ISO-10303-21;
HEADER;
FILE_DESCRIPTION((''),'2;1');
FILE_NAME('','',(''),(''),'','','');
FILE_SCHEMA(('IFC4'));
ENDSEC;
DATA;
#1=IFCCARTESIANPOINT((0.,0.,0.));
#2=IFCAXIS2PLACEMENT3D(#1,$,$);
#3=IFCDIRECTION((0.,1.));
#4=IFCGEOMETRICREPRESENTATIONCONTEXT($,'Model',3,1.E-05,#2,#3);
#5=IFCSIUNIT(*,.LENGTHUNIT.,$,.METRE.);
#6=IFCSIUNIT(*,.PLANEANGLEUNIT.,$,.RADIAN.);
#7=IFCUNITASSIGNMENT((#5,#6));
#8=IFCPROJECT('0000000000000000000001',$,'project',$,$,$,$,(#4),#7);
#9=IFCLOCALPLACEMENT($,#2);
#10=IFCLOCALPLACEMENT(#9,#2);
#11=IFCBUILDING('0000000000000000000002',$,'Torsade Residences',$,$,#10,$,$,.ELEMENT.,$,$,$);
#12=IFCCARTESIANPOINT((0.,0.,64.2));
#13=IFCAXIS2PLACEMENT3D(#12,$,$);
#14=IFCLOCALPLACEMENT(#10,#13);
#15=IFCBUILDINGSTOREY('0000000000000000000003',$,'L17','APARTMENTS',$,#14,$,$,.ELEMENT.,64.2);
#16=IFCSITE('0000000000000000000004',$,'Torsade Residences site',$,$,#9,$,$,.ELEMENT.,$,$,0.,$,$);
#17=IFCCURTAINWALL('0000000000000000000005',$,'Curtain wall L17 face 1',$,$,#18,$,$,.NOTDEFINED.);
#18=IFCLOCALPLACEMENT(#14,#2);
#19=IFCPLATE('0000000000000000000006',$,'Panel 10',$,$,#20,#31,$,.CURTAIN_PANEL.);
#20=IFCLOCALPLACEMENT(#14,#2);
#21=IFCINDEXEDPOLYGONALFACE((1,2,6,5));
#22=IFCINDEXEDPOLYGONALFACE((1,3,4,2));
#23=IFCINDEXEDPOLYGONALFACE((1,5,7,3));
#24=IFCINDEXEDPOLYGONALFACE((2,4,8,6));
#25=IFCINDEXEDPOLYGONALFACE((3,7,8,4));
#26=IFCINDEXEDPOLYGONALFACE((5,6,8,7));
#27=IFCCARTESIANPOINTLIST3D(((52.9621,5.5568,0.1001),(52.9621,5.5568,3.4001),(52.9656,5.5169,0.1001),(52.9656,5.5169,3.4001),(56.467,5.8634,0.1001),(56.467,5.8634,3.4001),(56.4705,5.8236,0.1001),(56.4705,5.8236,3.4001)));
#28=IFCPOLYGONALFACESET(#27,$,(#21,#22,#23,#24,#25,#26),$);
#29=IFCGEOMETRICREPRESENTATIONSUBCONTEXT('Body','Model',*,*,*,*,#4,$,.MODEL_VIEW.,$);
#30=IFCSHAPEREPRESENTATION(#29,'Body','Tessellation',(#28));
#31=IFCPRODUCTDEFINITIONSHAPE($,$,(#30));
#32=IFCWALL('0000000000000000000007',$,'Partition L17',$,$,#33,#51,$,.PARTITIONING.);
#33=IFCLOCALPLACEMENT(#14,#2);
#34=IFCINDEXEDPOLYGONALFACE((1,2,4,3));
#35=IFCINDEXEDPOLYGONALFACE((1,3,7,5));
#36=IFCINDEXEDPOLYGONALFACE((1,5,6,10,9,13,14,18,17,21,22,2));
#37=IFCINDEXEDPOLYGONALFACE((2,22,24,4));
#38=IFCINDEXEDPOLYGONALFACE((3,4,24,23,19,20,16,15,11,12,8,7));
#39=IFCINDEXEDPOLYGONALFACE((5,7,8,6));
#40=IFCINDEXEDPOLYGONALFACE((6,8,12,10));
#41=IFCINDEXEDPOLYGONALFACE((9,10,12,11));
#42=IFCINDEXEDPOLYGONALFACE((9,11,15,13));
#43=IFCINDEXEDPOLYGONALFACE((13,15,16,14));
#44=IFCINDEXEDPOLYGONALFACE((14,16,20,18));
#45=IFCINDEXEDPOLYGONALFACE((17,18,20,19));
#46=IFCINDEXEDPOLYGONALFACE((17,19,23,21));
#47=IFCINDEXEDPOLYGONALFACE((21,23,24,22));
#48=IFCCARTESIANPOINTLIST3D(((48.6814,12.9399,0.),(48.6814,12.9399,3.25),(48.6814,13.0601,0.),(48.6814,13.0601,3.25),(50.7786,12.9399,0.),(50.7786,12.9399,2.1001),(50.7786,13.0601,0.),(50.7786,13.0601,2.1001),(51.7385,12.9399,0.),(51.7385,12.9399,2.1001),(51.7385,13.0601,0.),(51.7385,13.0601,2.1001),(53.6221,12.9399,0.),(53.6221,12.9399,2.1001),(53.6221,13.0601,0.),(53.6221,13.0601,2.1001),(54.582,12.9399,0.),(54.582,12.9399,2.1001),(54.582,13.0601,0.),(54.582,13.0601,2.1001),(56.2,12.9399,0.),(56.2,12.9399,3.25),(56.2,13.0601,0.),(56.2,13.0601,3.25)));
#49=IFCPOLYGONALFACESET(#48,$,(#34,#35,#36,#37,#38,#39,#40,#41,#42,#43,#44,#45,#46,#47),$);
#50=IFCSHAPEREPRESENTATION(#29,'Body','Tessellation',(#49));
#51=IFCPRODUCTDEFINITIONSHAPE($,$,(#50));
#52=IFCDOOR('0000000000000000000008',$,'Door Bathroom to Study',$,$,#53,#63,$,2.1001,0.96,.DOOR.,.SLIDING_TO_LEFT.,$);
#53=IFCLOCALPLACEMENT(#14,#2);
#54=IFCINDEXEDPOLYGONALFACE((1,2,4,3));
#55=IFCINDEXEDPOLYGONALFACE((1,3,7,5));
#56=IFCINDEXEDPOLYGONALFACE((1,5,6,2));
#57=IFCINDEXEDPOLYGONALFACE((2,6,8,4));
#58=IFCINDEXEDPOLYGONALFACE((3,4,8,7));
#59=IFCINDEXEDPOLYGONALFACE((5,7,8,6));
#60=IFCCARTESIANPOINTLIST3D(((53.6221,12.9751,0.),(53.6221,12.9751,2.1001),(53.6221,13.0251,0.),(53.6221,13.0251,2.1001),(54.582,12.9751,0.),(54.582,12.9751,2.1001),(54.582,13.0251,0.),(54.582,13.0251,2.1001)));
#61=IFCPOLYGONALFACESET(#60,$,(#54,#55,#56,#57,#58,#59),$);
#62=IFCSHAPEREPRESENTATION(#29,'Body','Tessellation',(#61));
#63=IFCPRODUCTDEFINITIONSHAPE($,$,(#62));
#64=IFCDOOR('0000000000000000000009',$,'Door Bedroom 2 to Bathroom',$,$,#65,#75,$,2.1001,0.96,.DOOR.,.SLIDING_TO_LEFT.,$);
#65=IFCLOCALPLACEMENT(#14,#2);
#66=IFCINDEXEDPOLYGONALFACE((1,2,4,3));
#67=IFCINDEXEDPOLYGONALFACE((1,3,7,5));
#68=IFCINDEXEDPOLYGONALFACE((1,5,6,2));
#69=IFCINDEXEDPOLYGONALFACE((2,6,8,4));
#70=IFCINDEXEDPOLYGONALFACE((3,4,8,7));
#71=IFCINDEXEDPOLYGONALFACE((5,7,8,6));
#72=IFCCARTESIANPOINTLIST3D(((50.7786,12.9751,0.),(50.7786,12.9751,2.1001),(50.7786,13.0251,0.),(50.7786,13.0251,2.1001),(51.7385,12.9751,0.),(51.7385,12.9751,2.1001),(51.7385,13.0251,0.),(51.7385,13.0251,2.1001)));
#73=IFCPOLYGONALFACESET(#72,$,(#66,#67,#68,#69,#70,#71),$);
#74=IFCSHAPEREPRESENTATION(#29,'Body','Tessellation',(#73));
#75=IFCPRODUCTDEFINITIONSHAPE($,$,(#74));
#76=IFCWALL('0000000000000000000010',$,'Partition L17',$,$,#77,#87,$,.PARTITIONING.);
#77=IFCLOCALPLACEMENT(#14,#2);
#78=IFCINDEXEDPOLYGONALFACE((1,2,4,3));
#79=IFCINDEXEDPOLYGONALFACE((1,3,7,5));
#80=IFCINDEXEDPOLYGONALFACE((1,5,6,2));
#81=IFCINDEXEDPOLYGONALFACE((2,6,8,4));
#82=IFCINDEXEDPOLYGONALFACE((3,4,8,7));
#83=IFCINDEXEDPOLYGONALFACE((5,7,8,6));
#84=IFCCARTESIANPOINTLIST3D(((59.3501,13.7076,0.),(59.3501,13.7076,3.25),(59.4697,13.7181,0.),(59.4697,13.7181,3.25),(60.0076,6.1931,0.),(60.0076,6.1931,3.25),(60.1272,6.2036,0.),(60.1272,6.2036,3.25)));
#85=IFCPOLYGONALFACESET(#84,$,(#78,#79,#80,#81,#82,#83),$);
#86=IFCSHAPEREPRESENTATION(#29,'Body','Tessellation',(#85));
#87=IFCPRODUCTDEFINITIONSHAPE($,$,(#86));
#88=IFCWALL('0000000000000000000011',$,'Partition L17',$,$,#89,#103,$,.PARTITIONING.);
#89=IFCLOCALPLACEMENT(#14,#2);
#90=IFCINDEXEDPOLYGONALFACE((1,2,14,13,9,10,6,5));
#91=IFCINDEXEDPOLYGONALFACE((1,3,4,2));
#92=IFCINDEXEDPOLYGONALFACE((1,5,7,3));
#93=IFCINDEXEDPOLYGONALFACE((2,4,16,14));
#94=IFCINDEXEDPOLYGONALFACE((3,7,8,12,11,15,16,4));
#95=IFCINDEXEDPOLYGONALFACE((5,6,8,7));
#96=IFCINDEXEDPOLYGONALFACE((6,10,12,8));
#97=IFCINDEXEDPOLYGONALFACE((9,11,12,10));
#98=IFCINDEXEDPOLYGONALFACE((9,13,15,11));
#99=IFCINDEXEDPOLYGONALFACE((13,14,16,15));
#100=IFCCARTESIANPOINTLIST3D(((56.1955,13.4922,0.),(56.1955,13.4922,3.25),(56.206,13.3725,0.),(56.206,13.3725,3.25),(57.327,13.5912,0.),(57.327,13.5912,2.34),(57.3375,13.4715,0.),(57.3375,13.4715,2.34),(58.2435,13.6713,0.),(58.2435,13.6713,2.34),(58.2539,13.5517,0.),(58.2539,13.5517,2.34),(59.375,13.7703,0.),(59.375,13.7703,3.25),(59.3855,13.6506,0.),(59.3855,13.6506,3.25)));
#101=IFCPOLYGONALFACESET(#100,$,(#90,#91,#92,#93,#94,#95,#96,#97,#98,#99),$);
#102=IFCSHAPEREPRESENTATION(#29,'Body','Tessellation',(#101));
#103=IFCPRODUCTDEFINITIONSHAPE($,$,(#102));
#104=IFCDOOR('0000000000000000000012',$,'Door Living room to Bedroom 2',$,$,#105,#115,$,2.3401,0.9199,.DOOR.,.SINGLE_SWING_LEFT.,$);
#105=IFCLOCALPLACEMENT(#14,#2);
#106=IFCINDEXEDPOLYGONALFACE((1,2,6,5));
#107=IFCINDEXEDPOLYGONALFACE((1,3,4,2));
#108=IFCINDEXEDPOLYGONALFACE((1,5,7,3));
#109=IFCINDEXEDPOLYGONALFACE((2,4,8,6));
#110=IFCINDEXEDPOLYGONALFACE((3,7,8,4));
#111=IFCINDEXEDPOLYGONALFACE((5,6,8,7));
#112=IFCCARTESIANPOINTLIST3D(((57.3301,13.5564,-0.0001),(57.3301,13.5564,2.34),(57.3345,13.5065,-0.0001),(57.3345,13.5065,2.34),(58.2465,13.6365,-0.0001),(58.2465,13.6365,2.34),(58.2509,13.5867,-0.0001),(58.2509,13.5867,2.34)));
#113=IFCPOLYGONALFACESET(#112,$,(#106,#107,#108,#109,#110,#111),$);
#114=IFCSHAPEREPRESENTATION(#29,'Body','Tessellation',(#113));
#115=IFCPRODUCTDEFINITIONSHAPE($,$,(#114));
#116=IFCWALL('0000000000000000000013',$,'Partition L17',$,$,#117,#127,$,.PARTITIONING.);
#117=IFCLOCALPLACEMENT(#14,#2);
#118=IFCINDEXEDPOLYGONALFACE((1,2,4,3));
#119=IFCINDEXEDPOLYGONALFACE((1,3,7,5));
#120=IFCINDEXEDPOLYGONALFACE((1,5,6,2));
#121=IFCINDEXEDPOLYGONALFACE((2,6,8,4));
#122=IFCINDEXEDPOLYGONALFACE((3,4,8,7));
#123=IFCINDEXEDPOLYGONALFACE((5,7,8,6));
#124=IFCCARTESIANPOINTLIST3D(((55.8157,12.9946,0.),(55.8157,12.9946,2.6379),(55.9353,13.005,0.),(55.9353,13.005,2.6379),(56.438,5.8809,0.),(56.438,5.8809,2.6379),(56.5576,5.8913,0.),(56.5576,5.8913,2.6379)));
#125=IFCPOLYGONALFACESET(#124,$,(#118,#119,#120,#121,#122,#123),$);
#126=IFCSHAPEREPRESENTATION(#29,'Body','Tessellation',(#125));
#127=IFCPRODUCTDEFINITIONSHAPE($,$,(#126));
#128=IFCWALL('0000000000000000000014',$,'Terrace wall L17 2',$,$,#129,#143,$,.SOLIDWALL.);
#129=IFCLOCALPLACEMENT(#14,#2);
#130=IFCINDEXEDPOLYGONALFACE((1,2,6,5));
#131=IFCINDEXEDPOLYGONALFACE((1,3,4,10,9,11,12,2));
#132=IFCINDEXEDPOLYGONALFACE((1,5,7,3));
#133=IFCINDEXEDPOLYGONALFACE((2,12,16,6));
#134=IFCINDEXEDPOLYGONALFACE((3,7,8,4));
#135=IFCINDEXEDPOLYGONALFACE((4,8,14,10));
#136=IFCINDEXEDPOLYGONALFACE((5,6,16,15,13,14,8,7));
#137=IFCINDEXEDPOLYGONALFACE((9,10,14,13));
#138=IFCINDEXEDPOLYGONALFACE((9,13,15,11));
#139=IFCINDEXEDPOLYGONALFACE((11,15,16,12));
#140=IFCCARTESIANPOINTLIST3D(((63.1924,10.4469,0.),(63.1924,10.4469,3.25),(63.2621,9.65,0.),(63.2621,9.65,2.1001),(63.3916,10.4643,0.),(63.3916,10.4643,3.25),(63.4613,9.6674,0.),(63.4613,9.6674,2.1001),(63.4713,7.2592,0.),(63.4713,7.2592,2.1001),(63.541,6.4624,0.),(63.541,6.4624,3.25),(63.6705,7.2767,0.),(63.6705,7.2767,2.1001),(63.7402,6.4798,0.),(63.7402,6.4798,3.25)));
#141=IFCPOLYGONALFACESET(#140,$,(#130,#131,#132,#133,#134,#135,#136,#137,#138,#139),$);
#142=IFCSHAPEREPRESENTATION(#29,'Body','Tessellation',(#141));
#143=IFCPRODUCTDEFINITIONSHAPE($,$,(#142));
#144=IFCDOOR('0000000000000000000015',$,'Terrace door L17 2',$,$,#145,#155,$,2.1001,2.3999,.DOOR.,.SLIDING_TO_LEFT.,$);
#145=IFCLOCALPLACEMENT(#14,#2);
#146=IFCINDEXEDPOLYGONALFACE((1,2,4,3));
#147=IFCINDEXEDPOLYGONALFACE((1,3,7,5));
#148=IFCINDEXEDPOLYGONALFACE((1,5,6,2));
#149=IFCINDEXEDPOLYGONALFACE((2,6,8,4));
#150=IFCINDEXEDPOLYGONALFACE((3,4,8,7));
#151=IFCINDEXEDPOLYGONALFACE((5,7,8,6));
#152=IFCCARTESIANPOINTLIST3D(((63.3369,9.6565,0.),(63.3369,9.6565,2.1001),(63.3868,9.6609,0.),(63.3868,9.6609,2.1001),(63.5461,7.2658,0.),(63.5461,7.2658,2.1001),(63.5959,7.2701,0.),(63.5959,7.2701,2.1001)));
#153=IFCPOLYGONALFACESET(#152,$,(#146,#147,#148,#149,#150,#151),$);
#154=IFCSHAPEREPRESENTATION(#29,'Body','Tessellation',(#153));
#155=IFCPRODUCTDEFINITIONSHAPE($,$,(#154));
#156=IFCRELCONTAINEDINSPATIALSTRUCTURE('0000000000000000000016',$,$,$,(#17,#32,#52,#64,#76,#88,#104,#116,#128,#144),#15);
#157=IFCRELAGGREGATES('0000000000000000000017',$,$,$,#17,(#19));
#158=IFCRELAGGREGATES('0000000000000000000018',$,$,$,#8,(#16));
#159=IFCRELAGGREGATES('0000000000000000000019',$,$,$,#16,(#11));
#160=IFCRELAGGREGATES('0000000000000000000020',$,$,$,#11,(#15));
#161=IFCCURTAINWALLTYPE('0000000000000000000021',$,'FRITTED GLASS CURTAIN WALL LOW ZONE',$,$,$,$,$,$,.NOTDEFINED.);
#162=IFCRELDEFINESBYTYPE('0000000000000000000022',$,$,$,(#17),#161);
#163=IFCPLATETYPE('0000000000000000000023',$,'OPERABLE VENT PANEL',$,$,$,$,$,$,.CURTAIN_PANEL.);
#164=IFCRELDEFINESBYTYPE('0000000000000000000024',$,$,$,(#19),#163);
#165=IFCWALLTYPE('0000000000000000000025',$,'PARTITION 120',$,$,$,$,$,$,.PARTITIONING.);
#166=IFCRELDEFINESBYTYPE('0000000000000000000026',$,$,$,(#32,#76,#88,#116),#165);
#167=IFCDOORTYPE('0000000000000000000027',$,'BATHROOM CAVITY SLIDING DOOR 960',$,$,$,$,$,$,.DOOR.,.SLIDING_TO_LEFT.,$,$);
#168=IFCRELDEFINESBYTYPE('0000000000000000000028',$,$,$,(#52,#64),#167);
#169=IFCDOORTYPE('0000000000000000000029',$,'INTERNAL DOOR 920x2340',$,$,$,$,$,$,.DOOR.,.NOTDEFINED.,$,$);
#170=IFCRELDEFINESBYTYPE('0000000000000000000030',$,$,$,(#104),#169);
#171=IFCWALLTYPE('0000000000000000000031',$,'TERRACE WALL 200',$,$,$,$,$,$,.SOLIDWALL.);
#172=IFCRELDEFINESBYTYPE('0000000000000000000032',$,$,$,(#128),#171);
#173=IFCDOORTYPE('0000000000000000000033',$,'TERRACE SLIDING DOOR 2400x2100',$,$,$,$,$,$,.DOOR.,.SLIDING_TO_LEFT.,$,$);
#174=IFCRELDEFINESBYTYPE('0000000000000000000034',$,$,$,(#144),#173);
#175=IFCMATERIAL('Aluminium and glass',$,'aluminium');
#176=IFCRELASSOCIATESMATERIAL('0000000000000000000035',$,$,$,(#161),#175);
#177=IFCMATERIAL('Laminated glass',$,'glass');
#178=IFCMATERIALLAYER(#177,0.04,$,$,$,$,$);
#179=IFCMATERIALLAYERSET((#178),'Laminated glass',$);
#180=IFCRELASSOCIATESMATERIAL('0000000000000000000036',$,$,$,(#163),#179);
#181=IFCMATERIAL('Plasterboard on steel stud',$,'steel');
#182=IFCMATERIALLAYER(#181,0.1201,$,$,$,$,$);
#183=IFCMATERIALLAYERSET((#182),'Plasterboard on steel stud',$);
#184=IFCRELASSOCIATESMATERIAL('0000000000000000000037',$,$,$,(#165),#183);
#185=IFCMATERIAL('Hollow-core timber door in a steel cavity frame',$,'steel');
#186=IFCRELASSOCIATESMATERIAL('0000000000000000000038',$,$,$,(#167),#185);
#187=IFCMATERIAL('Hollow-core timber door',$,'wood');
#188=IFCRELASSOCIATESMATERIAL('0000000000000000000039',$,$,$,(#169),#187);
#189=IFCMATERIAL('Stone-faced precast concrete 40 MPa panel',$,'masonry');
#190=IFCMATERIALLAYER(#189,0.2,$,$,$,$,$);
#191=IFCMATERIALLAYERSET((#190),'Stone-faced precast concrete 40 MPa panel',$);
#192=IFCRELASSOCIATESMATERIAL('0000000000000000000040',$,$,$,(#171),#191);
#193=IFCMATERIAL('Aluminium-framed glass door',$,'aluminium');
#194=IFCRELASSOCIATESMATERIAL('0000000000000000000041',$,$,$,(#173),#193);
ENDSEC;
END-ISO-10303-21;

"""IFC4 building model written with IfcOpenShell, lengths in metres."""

from ifc_helpers import new_model, si_unit, direction, frame, frame_2d, origin, origin_2d, place, context, subcontext, project, spatial, rectangle, extrude, material, layer, layer_set, type_object, element, fill, aggregate, save


model = new_model("IFC4")

# Units and contexts
model_context = context("Model", 3, precision=1e-05, world=origin(), true_north=direction((0.0, 1.0)))
body_context = subcontext(model_context, "Body", "Model", "MODEL_VIEW")
ifc_project = project(units=[si_unit("LENGTHUNIT", "METRE"), si_unit("PLANEANGLEUNIT", "RADIAN")], contexts=[model_context])

# Site, building, storey
site_placement = place(None, origin())
site = spatial("IfcSite", under=ifc_project, at=site_placement, Name="Torsade Residences site", CompositionType="ELEMENT", RefElevation=0.0)
building_placement = place(site_placement, origin())
building = spatial("IfcBuilding", under=site, at=building_placement, Name="Torsade Residences", CompositionType="ELEMENT")
storey_placement = place(building_placement, frame((0.0, 0.0, 64.2)))
storey = spatial("IfcBuildingStorey", under=building, at=storey_placement, Name="L17", Description="APARTMENTS", CompositionType="ELEMENT", Elevation=64.2)

# Curtain wall
ifc_material_1 = material(Name="Aluminium and glass", Category="aluminium")
curtain_wall_type = type_object("IfcCurtainWallType", Name="FRITTED GLASS CURTAIN WALL LOW ZONE", PredefinedType="NOTDEFINED", material=ifc_material_1)
curtain_wall_1_placement = place(storey_placement, origin())
curtain_wall_1 = element("IfcCurtainWall", 1, at=curtain_wall_1_placement, inside=storey, type_object=curtain_wall_type, Name="Curtain wall L17 face 1", PredefinedType="NOTDEFINED")

# Plate
ifc_material_2 = material(Name="Laminated glass", Category="glass")
ifc_layer_1 = layer(ifc_material_2, 0.04)
ifc_layer_set_1 = layer_set([ifc_layer_1], Name="Laminated glass")
plate_type_1 = type_object("IfcPlateType", Name="OPERABLE VENT PANEL", PredefinedType="CURTAIN_PANEL", material=ifc_layer_set_1)
plate_1_placement = place(storey_placement, frame((54.7163, 5.6902, 0.1001), z_axis=(0.0, 0.0, 1.0), x_axis=(0.996195, 0.087156, 0.0)))
plate_1 = element("IfcPlate", 2, at=plate_1_placement, type_object=plate_type_1, Name="Panel 10", PredefinedType="CURTAIN_PANEL", context=body_context, shape_type="SweptSolid", body=[
    extrude(rectangle(XDim=3.5183, YDim=0.04, at=origin_2d()), origin(), (0.0, 0.0, 1.0), 3.3),
])
aggregate(curtain_wall_1, [plate_1])

# Wall, openings, doors
ifc_material_3 = material(Name="Plasterboard on steel stud", Category="steel")
ifc_layer_2 = layer(ifc_material_3, 0.1201)
ifc_layer_set_2 = layer_set([ifc_layer_2], Name="Plasterboard on steel stud")
wall_type_1 = type_object("IfcWallType", Name="PARTITION 120", PredefinedType="PARTITIONING", material=ifc_layer_set_2)
wall_1_placement = place(storey_placement, frame((56.2, 13.0, 0.0), z_axis=(0.0, 0.0, 1.0), x_axis=(-1.0, 0.0, 0.0)))
wall_1 = element("IfcWall", 3, at=wall_1_placement, inside=storey, type_object=wall_type_1, Name="Partition L17", PredefinedType="PARTITIONING", context=body_context, shape_type="SweptSolid", body=[
    extrude(rectangle(XDim=7.5186, YDim=0.1201, at=frame_2d((3.7593, 0.0))), origin(), (0.0, 0.0, 1.0), 3.25),
])
opening_1_placement = place(wall_1_placement, frame((1.6179, 0.0, 0.0)))
opening_1 = element("IfcOpeningElement", 4, at=opening_1_placement, cuts=wall_1, PredefinedType="OPENING", context=body_context, shape_type="SweptSolid", body=[
    extrude(rectangle(XDim=0.96, YDim=2.1001, at=frame_2d((0.48, 1.05))), frame((0.0, 0.0701, 0.0), z_axis=(0.0, -1.0, 0.0), x_axis=(1.0, 0.0, 0.0)), (0.0, 0.0, 1.0), 0.1401),
])
opening_2_placement = place(wall_1_placement, frame((4.4614, 0.0, 0.0)))
opening_2 = element("IfcOpeningElement", 5, at=opening_2_placement, cuts=wall_1, PredefinedType="OPENING", context=body_context, shape_type="SweptSolid", body=[
    extrude(rectangle(XDim=0.96, YDim=2.1001, at=frame_2d((0.48, 1.05))), frame((0.0, 0.0701, 0.0), z_axis=(0.0, -1.0, 0.0), x_axis=(1.0, 0.0, 0.0)), (0.0, 0.0, 1.0), 0.1401),
])
ifc_material_4 = material(Name="Hollow-core timber door in a steel cavity frame", Category="steel")
door_type_1 = type_object("IfcDoorType", Name="BATHROOM CAVITY SLIDING DOOR 960", OperationType="SLIDING_TO_LEFT", PredefinedType="DOOR", material=ifc_material_4)
door_1_placement = place(opening_1_placement, origin())
door_1 = element("IfcDoor", 6, at=door_1_placement, inside=storey, type_object=door_type_1, Name="Door Bathroom to Study", OperationType="SLIDING_TO_LEFT", OverallHeight=2.1001, OverallWidth=0.96, PredefinedType="DOOR", context=body_context, shape_type="SweptSolid", body=[
    extrude(rectangle(XDim=0.96, YDim=2.1001, at=frame_2d((0.48, 1.05))), frame((0.0, 0.0249, 0.0), z_axis=(0.0, -1.0, 0.0), x_axis=(1.0, 0.0, 0.0)), (0.0, 0.0, 1.0), 0.05),
])
fill(opening_1, door_1)
door_2_placement = place(opening_2_placement, origin())
door_2 = element("IfcDoor", 7, at=door_2_placement, inside=storey, type_object=door_type_1, Name="Door Bedroom 2 to Bathroom", OperationType="SLIDING_TO_LEFT", OverallHeight=2.1001, OverallWidth=0.96, PredefinedType="DOOR", context=body_context, shape_type="SweptSolid", body=[
    extrude(rectangle(XDim=0.96, YDim=2.1001, at=frame_2d((0.48, 1.05))), frame((0.0, 0.0249, 0.0), z_axis=(0.0, -1.0, 0.0), x_axis=(1.0, 0.0, 0.0)), (0.0, 0.0, 1.0), 0.05),
])
fill(opening_2, door_2)

# Wall
wall_2_placement = place(storey_placement, frame((60.0674, 6.1985, 0.0), z_axis=(0.0, 0.0, 1.0), x_axis=(-0.087162, 0.996194, 0.0)))
element("IfcWall", 8, at=wall_2_placement, inside=storey, type_object=wall_type_1, Name="Partition L17", PredefinedType="PARTITIONING", context=body_context, shape_type="SweptSolid", body=[
    extrude(rectangle(XDim=7.5432, YDim=0.1201, at=frame_2d((3.7715, 0.0))), origin(), (0.0, 0.0, 1.0), 3.25),
])

# Wall, opening, door
wall_3_placement = place(storey_placement, frame((59.3801, 13.7104, 0.0), z_axis=(0.0, 0.0, 1.0), x_axis=(-0.996197, -0.087128, 0.0)))
wall_3 = element("IfcWall", 9, at=wall_3_placement, inside=storey, type_object=wall_type_1, Name="Partition L17", PredefinedType="PARTITIONING", context=body_context, shape_type="SweptSolid", body=[
    extrude(rectangle(XDim=3.1917, YDim=0.1201, at=frame_2d((1.5957, 0.0))), origin(), (0.0, 0.0, 1.0), 3.25),
])
opening_3_placement = place(wall_3_placement, frame((1.1357, 0.0, 0.0)))
opening_3 = element("IfcOpeningElement", 10, at=opening_3_placement, cuts=wall_3, PredefinedType="OPENING", context=body_context, shape_type="SweptSolid", body=[
    extrude(rectangle(XDim=0.9199, YDim=2.3401, at=frame_2d((0.46, 1.1699))), frame((0.0, 0.0701, 0.0), z_axis=(0.0, -1.0, 0.0), x_axis=(1.0, 0.0, 0.0)), (0.0, 0.0, 1.0), 0.1401),
])
ifc_material_5 = material(Name="Hollow-core timber door", Category="wood")
door_type_2 = type_object("IfcDoorType", Name="INTERNAL DOOR 920x2340", OperationType="NOTDEFINED", PredefinedType="DOOR", material=ifc_material_5)
door_3_placement = place(opening_3_placement, origin())
door_3 = element("IfcDoor", 11, at=door_3_placement, inside=storey, type_object=door_type_2, Name="Door Living room to Bedroom 2", OperationType="SINGLE_SWING_LEFT", OverallHeight=2.3401, OverallWidth=0.9199, PredefinedType="DOOR", context=body_context, shape_type="SweptSolid", body=[
    extrude(rectangle(XDim=0.9199, YDim=2.3401, at=frame_2d((0.46, 1.1699))), frame((0.0, 0.0249, 0.0), z_axis=(0.0, -1.0, 0.0), x_axis=(1.0, 0.0, 0.0)), (0.0, 0.0, 1.0), 0.05),
])
fill(opening_3, door_3)

# Wall
wall_4_placement = place(storey_placement, frame((56.4978, 5.8862, 0.0), z_axis=(0.0, 0.0, 1.0), x_axis=(-0.087147, 0.996195, 0.0)))
element("IfcWall", 12, at=wall_4_placement, inside=storey, type_object=wall_type_1, Name="Partition L17", PredefinedType="PARTITIONING", context=body_context, shape_type="SweptSolid", body=[
    extrude(rectangle(XDim=7.1409, YDim=0.1201, at=frame_2d((3.5703, 0.0))), origin(), (0.0, 0.0, 1.0), 2.6379),
])

# Wall, opening, door
ifc_material_6 = material(Name="Stone-faced precast concrete 40 MPa panel", Category="masonry")
ifc_layer_3 = layer(ifc_material_6, 0.2)
ifc_layer_set_3 = layer_set([ifc_layer_3], Name="Stone-faced precast concrete 40 MPa panel")
wall_type_2 = type_object("IfcWallType", Name="TERRACE WALL 200", PredefinedType="SOLIDWALL", material=ifc_layer_set_3)
wall_5_placement = place(storey_placement, frame((63.6406, 6.4709, 0.0), z_axis=(0.0, 0.0, 1.0), x_axis=(-0.087162, 0.996194, 0.0)))
wall_5 = element("IfcWall", 13, at=wall_5_placement, inside=storey, type_object=wall_type_2, Name="Terrace wall L17 2", PredefinedType="SOLIDWALL", context=body_context, shape_type="SweptSolid", body=[
    extrude(rectangle(XDim=3.9998, YDim=0.2, at=frame_2d((2.0, 0.0))), origin(), (0.0, 0.0, 1.0), 3.25),
])
opening_4_placement = place(wall_5_placement, frame((0.8, 0.0, 0.0)))
opening_4 = element("IfcOpeningElement", 14, at=opening_4_placement, cuts=wall_5, PredefinedType="OPENING", context=body_context, shape_type="SweptSolid", body=[
    extrude(rectangle(XDim=2.3999, YDim=2.1001, at=frame_2d((1.2, 1.05))), frame((0.0, 0.1099, 0.0), z_axis=(0.0, -1.0, 0.0), x_axis=(1.0, 0.0, 0.0)), (0.0, 0.0, 1.0), 0.22),
])
ifc_material_7 = material(Name="Aluminium-framed glass door", Category="aluminium")
door_type_3 = type_object("IfcDoorType", Name="TERRACE SLIDING DOOR 2400x2100", OperationType="SLIDING_TO_LEFT", PredefinedType="DOOR", material=ifc_material_7)
door_4_placement = place(opening_4_placement, origin())
door_4 = element("IfcDoor", 15, at=door_4_placement, inside=storey, type_object=door_type_3, Name="Terrace door L17 2", OperationType="SLIDING_TO_LEFT", OverallHeight=2.1001, OverallWidth=2.3999, PredefinedType="DOOR", context=body_context, shape_type="SweptSolid", body=[
    extrude(rectangle(XDim=2.3999, YDim=2.1001, at=frame_2d((1.2, 1.05))), frame((0.0, 0.0249, 0.0), z_axis=(0.0, -1.0, 0.0), x_axis=(1.0, 0.0, 0.0)), (0.0, 0.0, 1.0), 0.05),
])
fill(opening_4, door_4)

save(model, "model.ifc")
